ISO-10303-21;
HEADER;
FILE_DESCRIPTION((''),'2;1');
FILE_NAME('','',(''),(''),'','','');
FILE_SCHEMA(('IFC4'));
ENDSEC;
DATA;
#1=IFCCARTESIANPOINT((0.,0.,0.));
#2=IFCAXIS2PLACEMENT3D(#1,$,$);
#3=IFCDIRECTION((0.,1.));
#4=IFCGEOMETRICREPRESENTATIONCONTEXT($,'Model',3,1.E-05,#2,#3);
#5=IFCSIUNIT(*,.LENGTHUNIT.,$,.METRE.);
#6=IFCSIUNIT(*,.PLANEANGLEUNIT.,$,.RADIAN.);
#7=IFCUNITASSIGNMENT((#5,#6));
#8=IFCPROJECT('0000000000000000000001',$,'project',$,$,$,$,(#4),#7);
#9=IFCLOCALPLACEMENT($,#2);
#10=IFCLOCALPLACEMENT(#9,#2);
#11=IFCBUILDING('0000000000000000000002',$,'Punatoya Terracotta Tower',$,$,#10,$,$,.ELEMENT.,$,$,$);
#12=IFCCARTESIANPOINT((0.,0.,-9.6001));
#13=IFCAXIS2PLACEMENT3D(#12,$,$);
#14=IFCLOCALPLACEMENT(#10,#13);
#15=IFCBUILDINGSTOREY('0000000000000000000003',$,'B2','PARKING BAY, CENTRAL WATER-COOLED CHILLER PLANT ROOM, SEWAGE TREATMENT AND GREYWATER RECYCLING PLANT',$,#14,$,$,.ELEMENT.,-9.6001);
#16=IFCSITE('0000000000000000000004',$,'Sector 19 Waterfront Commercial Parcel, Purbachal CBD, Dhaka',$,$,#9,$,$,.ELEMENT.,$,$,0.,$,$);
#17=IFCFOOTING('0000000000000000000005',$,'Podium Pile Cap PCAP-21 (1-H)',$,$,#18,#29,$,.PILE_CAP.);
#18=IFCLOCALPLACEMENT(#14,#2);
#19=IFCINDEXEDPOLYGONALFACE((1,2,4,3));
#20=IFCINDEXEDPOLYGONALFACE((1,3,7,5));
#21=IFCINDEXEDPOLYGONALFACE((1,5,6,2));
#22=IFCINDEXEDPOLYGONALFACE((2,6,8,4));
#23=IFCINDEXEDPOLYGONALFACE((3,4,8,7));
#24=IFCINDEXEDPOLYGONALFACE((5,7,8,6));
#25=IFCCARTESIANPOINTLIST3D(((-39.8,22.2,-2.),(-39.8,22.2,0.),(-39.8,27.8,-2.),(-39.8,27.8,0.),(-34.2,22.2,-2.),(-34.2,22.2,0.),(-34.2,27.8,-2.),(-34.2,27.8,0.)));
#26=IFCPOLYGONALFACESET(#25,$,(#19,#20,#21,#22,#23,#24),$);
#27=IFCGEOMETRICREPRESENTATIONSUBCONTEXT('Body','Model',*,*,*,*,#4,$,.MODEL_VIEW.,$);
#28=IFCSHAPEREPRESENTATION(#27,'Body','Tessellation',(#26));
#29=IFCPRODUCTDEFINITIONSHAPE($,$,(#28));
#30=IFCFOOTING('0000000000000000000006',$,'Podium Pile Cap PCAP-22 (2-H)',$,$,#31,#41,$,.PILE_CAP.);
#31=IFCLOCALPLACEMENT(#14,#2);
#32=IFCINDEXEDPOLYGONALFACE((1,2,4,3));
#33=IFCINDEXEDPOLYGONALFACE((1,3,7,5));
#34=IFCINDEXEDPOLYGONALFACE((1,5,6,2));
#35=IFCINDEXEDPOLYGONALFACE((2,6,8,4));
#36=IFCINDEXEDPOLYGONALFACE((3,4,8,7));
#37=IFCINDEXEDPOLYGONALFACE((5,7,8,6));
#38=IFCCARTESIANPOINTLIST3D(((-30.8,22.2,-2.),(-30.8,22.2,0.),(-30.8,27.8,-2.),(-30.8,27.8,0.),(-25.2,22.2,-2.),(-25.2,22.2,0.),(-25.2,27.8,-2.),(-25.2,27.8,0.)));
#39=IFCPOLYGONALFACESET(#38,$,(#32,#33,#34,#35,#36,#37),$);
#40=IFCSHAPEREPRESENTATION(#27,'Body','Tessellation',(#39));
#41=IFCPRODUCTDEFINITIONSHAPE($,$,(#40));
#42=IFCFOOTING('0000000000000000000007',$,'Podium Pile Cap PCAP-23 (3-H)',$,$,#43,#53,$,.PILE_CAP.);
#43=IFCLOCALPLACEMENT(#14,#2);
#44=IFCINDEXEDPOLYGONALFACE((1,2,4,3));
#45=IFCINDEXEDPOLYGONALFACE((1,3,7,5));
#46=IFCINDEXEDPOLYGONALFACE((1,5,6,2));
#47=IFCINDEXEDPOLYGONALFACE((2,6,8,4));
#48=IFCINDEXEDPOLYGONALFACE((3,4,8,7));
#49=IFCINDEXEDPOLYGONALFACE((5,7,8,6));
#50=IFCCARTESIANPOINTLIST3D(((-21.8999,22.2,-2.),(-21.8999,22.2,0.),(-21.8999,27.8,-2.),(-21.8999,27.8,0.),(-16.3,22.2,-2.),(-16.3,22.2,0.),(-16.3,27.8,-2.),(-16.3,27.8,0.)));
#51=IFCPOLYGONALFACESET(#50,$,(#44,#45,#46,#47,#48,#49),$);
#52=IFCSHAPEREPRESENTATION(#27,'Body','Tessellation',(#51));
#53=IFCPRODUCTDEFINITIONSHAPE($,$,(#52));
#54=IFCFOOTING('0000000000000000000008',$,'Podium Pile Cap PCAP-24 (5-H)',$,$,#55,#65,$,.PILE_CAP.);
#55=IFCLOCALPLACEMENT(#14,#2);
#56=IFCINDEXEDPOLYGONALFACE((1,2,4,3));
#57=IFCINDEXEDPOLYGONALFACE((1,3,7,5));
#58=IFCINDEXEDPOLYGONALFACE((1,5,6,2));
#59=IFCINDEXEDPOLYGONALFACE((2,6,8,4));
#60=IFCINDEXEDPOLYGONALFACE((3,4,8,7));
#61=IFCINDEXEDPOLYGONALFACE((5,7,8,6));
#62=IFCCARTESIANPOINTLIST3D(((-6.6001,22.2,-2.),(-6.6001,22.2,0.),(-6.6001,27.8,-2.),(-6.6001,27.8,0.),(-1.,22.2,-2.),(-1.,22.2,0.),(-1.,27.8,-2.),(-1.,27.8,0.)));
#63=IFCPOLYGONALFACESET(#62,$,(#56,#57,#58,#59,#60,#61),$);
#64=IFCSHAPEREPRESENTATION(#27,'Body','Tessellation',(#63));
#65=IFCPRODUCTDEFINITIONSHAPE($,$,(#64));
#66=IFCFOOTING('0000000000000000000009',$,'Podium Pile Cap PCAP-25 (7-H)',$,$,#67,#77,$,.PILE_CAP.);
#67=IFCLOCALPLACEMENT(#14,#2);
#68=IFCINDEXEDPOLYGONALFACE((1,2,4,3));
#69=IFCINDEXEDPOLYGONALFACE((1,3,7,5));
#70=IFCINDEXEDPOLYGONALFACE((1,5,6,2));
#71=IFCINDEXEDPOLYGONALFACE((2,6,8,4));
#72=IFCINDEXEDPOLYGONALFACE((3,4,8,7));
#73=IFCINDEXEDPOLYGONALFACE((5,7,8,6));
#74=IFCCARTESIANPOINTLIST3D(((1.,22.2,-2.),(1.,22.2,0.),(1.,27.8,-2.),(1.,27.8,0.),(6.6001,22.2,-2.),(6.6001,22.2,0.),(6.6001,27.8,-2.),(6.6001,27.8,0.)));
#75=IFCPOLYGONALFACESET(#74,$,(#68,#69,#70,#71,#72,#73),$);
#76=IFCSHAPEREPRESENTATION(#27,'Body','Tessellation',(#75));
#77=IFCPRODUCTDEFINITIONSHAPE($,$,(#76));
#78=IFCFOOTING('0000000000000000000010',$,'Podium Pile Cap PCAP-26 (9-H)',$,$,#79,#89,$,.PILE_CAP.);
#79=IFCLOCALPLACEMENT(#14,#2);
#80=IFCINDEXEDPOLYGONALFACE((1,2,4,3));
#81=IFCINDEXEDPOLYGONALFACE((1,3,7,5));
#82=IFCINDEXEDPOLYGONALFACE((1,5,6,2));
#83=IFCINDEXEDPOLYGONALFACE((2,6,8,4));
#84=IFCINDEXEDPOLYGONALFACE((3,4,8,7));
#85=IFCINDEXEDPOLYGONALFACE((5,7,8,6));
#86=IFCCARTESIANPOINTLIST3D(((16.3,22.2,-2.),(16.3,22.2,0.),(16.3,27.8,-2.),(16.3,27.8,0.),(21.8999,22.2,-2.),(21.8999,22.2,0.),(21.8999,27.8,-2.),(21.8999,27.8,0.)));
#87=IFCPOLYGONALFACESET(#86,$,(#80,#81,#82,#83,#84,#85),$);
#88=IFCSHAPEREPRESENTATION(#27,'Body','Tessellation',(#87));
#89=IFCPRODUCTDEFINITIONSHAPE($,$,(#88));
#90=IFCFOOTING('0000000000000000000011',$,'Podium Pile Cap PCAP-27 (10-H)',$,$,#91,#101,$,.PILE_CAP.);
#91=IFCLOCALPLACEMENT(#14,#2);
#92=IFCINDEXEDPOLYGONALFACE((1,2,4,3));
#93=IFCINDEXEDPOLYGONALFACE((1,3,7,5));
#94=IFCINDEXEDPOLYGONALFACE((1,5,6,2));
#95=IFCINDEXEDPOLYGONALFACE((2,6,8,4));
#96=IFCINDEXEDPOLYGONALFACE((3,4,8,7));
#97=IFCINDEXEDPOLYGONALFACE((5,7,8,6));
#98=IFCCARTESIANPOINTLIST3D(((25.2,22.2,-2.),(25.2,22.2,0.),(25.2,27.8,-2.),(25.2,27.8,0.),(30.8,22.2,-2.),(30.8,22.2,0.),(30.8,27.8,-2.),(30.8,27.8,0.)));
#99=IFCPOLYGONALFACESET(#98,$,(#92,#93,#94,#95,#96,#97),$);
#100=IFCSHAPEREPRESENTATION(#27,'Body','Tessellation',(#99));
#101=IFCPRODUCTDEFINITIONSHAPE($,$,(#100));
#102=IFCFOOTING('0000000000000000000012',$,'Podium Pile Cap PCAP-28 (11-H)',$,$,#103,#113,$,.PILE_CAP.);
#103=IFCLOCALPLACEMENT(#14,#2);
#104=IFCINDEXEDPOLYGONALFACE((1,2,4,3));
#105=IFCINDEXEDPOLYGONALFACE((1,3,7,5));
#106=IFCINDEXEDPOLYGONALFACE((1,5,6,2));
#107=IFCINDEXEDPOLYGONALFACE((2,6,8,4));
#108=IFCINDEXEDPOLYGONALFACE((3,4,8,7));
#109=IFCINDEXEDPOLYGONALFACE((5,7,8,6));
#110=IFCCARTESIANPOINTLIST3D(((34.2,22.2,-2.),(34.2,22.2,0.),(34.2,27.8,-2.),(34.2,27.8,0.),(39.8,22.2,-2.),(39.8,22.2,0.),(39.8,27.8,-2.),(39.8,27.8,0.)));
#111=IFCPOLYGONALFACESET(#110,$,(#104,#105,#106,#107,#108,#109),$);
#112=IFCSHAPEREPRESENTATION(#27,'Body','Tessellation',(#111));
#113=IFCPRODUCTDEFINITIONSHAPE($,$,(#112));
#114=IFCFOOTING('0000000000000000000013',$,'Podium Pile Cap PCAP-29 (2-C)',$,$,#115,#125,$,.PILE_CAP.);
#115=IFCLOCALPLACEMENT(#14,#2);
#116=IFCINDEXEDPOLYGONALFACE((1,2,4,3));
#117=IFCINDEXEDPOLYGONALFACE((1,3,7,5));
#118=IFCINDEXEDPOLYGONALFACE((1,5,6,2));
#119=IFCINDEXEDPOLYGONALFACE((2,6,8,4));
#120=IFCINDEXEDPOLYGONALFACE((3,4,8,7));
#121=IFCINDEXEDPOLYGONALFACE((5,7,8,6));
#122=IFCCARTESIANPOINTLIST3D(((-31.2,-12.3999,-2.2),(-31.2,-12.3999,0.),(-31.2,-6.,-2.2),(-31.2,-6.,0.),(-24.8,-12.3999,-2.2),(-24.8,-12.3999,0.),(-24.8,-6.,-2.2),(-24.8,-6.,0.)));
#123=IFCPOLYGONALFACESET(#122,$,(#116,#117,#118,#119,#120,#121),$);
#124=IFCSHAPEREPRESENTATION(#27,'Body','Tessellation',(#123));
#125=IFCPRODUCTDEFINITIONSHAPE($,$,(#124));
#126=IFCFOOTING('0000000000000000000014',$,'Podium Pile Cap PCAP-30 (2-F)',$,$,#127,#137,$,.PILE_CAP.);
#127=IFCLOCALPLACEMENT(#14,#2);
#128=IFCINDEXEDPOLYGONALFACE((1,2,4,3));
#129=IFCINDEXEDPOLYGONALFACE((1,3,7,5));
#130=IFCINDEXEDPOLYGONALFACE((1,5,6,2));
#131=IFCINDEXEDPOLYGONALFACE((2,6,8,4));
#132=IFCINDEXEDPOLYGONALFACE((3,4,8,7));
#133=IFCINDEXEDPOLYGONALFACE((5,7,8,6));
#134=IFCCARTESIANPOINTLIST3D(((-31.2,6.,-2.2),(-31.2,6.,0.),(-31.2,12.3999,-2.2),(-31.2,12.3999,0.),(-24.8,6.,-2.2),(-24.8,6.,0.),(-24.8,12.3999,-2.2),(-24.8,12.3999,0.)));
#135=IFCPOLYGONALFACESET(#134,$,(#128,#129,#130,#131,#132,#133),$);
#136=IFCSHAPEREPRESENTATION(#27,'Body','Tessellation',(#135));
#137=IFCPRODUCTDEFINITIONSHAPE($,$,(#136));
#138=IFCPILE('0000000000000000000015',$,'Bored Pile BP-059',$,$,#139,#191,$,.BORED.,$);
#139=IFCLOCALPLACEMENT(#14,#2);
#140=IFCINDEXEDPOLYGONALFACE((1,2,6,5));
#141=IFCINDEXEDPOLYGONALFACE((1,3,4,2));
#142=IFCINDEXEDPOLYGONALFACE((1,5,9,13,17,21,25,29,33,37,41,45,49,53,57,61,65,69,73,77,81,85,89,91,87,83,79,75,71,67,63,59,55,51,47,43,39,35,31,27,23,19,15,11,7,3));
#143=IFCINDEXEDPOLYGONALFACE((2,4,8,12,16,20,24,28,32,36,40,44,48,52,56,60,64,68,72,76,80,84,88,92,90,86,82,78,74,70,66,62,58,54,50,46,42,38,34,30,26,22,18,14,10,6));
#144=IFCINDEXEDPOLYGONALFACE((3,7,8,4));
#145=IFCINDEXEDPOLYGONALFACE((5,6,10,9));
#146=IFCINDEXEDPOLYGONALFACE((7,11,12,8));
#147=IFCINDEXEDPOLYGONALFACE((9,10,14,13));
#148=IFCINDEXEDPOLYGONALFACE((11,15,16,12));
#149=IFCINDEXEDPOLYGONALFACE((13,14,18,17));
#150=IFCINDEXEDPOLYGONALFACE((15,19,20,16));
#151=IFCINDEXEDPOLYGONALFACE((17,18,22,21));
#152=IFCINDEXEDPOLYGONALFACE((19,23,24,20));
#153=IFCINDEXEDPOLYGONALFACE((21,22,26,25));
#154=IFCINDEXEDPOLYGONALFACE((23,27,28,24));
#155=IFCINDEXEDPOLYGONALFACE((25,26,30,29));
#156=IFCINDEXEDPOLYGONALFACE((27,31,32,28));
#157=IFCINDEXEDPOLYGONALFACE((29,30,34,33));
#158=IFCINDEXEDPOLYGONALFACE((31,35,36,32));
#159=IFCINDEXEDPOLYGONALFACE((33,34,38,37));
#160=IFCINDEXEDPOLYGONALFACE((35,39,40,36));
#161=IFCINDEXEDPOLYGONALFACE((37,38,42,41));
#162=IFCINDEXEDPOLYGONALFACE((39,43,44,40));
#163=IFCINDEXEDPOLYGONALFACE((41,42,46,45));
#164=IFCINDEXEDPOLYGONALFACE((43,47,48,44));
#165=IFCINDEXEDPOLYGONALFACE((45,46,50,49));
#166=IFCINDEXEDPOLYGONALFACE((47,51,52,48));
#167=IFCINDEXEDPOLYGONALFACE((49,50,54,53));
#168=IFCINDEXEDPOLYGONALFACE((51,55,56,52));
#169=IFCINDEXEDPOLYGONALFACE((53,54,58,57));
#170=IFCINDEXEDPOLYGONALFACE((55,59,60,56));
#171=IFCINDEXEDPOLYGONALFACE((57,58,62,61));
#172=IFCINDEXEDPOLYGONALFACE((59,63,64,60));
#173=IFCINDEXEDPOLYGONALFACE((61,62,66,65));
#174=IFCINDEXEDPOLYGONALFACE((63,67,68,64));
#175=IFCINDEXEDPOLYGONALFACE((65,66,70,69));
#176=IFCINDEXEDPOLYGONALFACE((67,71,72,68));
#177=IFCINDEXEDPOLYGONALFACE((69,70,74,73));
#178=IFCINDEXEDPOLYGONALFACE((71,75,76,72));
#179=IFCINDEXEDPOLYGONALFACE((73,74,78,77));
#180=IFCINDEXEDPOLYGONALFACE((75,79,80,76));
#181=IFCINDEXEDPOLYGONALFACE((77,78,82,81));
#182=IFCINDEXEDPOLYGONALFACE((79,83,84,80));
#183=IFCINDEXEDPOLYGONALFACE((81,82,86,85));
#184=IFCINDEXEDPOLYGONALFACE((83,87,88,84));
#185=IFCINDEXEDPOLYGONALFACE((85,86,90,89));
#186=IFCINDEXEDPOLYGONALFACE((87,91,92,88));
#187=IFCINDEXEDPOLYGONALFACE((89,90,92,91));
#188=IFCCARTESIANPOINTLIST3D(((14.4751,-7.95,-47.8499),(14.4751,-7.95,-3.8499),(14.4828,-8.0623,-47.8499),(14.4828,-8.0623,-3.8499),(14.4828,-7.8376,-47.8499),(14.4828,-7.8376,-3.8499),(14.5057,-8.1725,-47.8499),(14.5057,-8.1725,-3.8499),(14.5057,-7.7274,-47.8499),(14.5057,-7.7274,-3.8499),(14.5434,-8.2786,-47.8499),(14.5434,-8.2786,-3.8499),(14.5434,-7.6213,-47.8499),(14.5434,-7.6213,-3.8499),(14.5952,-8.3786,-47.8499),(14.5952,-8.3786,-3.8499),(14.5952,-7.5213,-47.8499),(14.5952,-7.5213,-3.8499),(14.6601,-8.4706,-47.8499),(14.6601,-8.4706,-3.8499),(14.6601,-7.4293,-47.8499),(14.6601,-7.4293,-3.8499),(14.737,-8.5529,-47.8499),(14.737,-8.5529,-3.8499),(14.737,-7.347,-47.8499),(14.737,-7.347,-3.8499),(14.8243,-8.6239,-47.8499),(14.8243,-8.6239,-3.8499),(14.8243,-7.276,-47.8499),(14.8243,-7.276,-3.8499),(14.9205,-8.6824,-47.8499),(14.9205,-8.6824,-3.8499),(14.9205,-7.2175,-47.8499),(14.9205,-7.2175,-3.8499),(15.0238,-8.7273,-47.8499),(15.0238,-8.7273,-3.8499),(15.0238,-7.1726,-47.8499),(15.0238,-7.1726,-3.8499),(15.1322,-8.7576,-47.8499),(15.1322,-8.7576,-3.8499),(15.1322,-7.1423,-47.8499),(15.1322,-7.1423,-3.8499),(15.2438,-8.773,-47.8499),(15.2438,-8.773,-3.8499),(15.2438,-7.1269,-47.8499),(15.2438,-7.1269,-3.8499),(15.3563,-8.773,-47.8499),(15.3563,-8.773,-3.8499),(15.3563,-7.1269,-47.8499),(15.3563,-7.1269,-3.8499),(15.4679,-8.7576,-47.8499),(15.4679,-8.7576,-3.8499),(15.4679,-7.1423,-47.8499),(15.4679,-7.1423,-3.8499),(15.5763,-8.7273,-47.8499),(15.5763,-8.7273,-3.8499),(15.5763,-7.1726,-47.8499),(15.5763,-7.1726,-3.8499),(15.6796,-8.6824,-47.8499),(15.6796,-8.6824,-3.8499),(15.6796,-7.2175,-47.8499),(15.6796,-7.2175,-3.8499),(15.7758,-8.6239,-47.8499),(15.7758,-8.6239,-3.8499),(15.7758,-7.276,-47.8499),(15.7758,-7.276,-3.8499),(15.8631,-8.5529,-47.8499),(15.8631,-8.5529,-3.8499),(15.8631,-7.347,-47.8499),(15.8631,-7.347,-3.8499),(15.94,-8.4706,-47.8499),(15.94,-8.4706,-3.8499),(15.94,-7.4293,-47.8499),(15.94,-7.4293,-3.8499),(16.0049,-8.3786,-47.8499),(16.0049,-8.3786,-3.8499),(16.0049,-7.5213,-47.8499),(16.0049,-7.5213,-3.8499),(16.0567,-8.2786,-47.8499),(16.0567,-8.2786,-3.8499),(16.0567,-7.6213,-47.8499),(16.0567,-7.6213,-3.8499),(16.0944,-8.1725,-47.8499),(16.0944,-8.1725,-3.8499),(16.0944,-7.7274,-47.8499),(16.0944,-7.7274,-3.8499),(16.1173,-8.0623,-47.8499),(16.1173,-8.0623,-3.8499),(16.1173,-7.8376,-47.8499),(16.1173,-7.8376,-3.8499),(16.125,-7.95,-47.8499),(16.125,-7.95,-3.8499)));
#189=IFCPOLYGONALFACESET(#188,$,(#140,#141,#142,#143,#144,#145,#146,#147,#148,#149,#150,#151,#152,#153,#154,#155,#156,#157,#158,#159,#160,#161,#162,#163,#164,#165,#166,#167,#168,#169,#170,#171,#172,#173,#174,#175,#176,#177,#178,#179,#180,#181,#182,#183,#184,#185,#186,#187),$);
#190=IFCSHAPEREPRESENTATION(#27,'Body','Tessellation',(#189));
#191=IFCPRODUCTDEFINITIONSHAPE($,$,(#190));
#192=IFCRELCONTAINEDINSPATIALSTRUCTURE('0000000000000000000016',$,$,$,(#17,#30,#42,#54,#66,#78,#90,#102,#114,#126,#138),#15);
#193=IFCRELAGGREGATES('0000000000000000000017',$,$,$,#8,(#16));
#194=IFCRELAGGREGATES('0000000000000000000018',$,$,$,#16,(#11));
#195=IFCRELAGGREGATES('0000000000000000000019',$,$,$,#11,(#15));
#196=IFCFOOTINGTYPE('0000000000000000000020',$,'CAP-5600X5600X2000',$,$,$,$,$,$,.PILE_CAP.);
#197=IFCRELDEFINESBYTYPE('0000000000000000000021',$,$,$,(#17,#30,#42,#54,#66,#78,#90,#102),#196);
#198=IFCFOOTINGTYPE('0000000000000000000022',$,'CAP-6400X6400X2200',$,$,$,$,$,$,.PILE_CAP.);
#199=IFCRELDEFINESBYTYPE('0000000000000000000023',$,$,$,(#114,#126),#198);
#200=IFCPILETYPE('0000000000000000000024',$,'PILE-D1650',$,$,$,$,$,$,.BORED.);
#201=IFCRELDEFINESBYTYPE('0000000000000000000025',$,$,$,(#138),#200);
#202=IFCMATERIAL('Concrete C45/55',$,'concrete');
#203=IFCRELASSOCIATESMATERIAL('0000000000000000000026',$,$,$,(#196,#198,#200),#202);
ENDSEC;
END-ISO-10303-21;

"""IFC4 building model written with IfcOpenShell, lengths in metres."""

from ifc_helpers import new_model, si_unit, direction, frame, origin, origin_2d, place, context, subcontext, project, spatial, polyline, circle, outline, extrude, material, material_profile, profile_set, type_object, element, save


model = new_model("IFC4")

# Units and contexts
model_context = context("Model", 3, precision=1e-05, world=origin(), true_north=direction((0.0, 1.0)))
body_context = subcontext(model_context, "Body", "Model", "MODEL_VIEW")
ifc_project = project(units=[si_unit("LENGTHUNIT", "METRE"), si_unit("PLANEANGLEUNIT", "RADIAN")], contexts=[model_context])

# Site, building, storey
site_placement = place(None, origin())
site = spatial("IfcSite", under=ifc_project, at=site_placement, Name="Sector 19 Waterfront Commercial Parcel, Purbachal CBD, Dhaka", CompositionType="ELEMENT", RefElevation=0.0)
building_placement = place(site_placement, origin())
building = spatial("IfcBuilding", under=site, at=building_placement, Name="Punatoya Terracotta Tower", CompositionType="ELEMENT")
storey_placement = place(building_placement, frame((0.0, 0.0, -9.6001)))
storey = spatial("IfcBuildingStorey", under=building, at=storey_placement, Name="B2", Description="PARKING BAY, CENTRAL WATER-COOLED CHILLER PLANT ROOM, SEWAGE TREATMENT AND GREYWATER RECYCLING PLANT", CompositionType="ELEMENT", Elevation=-9.6001)

# Footings
ifc_material_1 = material(Name="Concrete C45/55", Category="concrete")
footing_type_1 = type_object("IfcFootingType", Name="CAP-5600X5600X2000", PredefinedType="PILE_CAP", material=ifc_material_1)
footing_1_placement = place(storey_placement, frame((0.0, 0.0, -2.0)))
element("IfcFooting", 1, at=footing_1_placement, inside=storey, type_object=footing_type_1, Name="Podium Pile Cap PCAP-21 (1-H)", PredefinedType="PILE_CAP", context=body_context, shape_type="SweptSolid", body=[
    extrude(outline(polyline([(-39.8, 22.2), (-34.2, 22.2), (-34.2, 27.8), (-39.8, 27.8), (-39.8, 22.2)])), origin(), (0.0, 0.0, 1.0), 2.0),
])
footing_2_placement = place(storey_placement, frame((0.0, 0.0, -2.0)))
element("IfcFooting", 2, at=footing_2_placement, inside=storey, type_object=footing_type_1, Name="Podium Pile Cap PCAP-22 (2-H)", PredefinedType="PILE_CAP", context=body_context, shape_type="SweptSolid", body=[
    extrude(outline(polyline([(-30.8, 22.2), (-25.2, 22.2), (-25.2, 27.8), (-30.8, 27.8), (-30.8, 22.2)])), origin(), (0.0, 0.0, 1.0), 2.0),
])
footing_3_placement = place(storey_placement, frame((0.0, 0.0, -2.0)))
element("IfcFooting", 3, at=footing_3_placement, inside=storey, type_object=footing_type_1, Name="Podium Pile Cap PCAP-23 (3-H)", PredefinedType="PILE_CAP", context=body_context, shape_type="SweptSolid", body=[
    extrude(outline(polyline([(-21.8999, 22.2), (-16.3, 22.2), (-16.3, 27.8), (-21.8999, 27.8), (-21.8999, 22.2)])), origin(), (0.0, 0.0, 1.0), 2.0),
])
footing_4_placement = place(storey_placement, frame((0.0, 0.0, -2.0)))
element("IfcFooting", 4, at=footing_4_placement, inside=storey, type_object=footing_type_1, Name="Podium Pile Cap PCAP-24 (5-H)", PredefinedType="PILE_CAP", context=body_context, shape_type="SweptSolid", body=[
    extrude(outline(polyline([(-6.6001, 22.2), (-1.0, 22.2), (-1.0, 27.8), (-6.6001, 27.8), (-6.6001, 22.2)])), origin(), (0.0, 0.0, 1.0), 2.0),
])
footing_5_placement = place(storey_placement, frame((0.0, 0.0, -2.0)))
element("IfcFooting", 5, at=footing_5_placement, inside=storey, type_object=footing_type_1, Name="Podium Pile Cap PCAP-25 (7-H)", PredefinedType="PILE_CAP", context=body_context, shape_type="SweptSolid", body=[
    extrude(outline(polyline([(1.0, 22.2), (6.6001, 22.2), (6.6001, 27.8), (1.0, 27.8), (1.0, 22.2)])), origin(), (0.0, 0.0, 1.0), 2.0),
])
footing_6_placement = place(storey_placement, frame((0.0, 0.0, -2.0)))
element("IfcFooting", 6, at=footing_6_placement, inside=storey, type_object=footing_type_1, Name="Podium Pile Cap PCAP-26 (9-H)", PredefinedType="PILE_CAP", context=body_context, shape_type="SweptSolid", body=[
    extrude(outline(polyline([(16.3, 22.2), (21.8999, 22.2), (21.8999, 27.8), (16.3, 27.8), (16.3, 22.2)])), origin(), (0.0, 0.0, 1.0), 2.0),
])
footing_7_placement = place(storey_placement, frame((0.0, 0.0, -2.0)))
element("IfcFooting", 7, at=footing_7_placement, inside=storey, type_object=footing_type_1, Name="Podium Pile Cap PCAP-27 (10-H)", PredefinedType="PILE_CAP", context=body_context, shape_type="SweptSolid", body=[
    extrude(outline(polyline([(25.2, 22.2), (30.8, 22.2), (30.8, 27.8), (25.2, 27.8), (25.2, 22.2)])), origin(), (0.0, 0.0, 1.0), 2.0),
])
footing_8_placement = place(storey_placement, frame((0.0, 0.0, -2.0)))
element("IfcFooting", 8, at=footing_8_placement, inside=storey, type_object=footing_type_1, Name="Podium Pile Cap PCAP-28 (11-H)", PredefinedType="PILE_CAP", context=body_context, shape_type="SweptSolid", body=[
    extrude(outline(polyline([(34.2, 22.2), (39.8, 22.2), (39.8, 27.8), (34.2, 27.8), (34.2, 22.2)])), origin(), (0.0, 0.0, 1.0), 2.0),
])
footing_type_2 = type_object("IfcFootingType", Name="CAP-6400X6400X2200", PredefinedType="PILE_CAP", material=ifc_material_1)
footing_9_placement = place(storey_placement, frame((0.0, 0.0, -2.2)))
element("IfcFooting", 9, at=footing_9_placement, inside=storey, type_object=footing_type_2, Name="Podium Pile Cap PCAP-29 (2-C)", PredefinedType="PILE_CAP", context=body_context, shape_type="SweptSolid", body=[
    extrude(outline(polyline([(-31.2, -12.3999), (-24.8, -12.3999), (-24.8, -6.0), (-31.2, -6.0), (-31.2, -12.3999)])), origin(), (0.0, 0.0, 1.0), 2.2),
])
footing_10_placement = place(storey_placement, frame((0.0, 0.0, -2.2)))
element("IfcFooting", 10, at=footing_10_placement, inside=storey, type_object=footing_type_2, Name="Podium Pile Cap PCAP-30 (2-F)", PredefinedType="PILE_CAP", context=body_context, shape_type="SweptSolid", body=[
    extrude(outline(polyline([(-31.2, 6.0), (-24.8, 6.0), (-24.8, 12.3999), (-31.2, 12.3999), (-31.2, 6.0)])), origin(), (0.0, 0.0, 1.0), 2.2),
])

# Pile
ifc_material_profile_1 = material_profile(ifc_material_1, circle(Radius=0.825, at=origin_2d()))
ifc_profile_set_1 = profile_set([ifc_material_profile_1], Name="Concrete C45/55")
pile_type_1 = type_object("IfcPileType", Name="PILE-D1650", PredefinedType="BORED", material=ifc_profile_set_1)
for number, where, z_axis, x_axis, name in (
    (11, (15.3, -7.95, -3.8499), (0.0, 0.0, -1.0), (1.0, 0.0, 0.0), "Bored Pile BP-059"),
):
    element("IfcPile", number, at=place(storey_placement, frame(where, z_axis=z_axis, x_axis=x_axis)), inside=storey, type_object=pile_type_1, Name=name, PredefinedType="BORED", context=body_context, shape_type="SweptSolid", body=[
        extrude(circle(Radius=0.825, at=origin_2d()), origin(), (0.0, 0.0, 1.0), 44.0),
    ])

save(model, "model.ifc")
